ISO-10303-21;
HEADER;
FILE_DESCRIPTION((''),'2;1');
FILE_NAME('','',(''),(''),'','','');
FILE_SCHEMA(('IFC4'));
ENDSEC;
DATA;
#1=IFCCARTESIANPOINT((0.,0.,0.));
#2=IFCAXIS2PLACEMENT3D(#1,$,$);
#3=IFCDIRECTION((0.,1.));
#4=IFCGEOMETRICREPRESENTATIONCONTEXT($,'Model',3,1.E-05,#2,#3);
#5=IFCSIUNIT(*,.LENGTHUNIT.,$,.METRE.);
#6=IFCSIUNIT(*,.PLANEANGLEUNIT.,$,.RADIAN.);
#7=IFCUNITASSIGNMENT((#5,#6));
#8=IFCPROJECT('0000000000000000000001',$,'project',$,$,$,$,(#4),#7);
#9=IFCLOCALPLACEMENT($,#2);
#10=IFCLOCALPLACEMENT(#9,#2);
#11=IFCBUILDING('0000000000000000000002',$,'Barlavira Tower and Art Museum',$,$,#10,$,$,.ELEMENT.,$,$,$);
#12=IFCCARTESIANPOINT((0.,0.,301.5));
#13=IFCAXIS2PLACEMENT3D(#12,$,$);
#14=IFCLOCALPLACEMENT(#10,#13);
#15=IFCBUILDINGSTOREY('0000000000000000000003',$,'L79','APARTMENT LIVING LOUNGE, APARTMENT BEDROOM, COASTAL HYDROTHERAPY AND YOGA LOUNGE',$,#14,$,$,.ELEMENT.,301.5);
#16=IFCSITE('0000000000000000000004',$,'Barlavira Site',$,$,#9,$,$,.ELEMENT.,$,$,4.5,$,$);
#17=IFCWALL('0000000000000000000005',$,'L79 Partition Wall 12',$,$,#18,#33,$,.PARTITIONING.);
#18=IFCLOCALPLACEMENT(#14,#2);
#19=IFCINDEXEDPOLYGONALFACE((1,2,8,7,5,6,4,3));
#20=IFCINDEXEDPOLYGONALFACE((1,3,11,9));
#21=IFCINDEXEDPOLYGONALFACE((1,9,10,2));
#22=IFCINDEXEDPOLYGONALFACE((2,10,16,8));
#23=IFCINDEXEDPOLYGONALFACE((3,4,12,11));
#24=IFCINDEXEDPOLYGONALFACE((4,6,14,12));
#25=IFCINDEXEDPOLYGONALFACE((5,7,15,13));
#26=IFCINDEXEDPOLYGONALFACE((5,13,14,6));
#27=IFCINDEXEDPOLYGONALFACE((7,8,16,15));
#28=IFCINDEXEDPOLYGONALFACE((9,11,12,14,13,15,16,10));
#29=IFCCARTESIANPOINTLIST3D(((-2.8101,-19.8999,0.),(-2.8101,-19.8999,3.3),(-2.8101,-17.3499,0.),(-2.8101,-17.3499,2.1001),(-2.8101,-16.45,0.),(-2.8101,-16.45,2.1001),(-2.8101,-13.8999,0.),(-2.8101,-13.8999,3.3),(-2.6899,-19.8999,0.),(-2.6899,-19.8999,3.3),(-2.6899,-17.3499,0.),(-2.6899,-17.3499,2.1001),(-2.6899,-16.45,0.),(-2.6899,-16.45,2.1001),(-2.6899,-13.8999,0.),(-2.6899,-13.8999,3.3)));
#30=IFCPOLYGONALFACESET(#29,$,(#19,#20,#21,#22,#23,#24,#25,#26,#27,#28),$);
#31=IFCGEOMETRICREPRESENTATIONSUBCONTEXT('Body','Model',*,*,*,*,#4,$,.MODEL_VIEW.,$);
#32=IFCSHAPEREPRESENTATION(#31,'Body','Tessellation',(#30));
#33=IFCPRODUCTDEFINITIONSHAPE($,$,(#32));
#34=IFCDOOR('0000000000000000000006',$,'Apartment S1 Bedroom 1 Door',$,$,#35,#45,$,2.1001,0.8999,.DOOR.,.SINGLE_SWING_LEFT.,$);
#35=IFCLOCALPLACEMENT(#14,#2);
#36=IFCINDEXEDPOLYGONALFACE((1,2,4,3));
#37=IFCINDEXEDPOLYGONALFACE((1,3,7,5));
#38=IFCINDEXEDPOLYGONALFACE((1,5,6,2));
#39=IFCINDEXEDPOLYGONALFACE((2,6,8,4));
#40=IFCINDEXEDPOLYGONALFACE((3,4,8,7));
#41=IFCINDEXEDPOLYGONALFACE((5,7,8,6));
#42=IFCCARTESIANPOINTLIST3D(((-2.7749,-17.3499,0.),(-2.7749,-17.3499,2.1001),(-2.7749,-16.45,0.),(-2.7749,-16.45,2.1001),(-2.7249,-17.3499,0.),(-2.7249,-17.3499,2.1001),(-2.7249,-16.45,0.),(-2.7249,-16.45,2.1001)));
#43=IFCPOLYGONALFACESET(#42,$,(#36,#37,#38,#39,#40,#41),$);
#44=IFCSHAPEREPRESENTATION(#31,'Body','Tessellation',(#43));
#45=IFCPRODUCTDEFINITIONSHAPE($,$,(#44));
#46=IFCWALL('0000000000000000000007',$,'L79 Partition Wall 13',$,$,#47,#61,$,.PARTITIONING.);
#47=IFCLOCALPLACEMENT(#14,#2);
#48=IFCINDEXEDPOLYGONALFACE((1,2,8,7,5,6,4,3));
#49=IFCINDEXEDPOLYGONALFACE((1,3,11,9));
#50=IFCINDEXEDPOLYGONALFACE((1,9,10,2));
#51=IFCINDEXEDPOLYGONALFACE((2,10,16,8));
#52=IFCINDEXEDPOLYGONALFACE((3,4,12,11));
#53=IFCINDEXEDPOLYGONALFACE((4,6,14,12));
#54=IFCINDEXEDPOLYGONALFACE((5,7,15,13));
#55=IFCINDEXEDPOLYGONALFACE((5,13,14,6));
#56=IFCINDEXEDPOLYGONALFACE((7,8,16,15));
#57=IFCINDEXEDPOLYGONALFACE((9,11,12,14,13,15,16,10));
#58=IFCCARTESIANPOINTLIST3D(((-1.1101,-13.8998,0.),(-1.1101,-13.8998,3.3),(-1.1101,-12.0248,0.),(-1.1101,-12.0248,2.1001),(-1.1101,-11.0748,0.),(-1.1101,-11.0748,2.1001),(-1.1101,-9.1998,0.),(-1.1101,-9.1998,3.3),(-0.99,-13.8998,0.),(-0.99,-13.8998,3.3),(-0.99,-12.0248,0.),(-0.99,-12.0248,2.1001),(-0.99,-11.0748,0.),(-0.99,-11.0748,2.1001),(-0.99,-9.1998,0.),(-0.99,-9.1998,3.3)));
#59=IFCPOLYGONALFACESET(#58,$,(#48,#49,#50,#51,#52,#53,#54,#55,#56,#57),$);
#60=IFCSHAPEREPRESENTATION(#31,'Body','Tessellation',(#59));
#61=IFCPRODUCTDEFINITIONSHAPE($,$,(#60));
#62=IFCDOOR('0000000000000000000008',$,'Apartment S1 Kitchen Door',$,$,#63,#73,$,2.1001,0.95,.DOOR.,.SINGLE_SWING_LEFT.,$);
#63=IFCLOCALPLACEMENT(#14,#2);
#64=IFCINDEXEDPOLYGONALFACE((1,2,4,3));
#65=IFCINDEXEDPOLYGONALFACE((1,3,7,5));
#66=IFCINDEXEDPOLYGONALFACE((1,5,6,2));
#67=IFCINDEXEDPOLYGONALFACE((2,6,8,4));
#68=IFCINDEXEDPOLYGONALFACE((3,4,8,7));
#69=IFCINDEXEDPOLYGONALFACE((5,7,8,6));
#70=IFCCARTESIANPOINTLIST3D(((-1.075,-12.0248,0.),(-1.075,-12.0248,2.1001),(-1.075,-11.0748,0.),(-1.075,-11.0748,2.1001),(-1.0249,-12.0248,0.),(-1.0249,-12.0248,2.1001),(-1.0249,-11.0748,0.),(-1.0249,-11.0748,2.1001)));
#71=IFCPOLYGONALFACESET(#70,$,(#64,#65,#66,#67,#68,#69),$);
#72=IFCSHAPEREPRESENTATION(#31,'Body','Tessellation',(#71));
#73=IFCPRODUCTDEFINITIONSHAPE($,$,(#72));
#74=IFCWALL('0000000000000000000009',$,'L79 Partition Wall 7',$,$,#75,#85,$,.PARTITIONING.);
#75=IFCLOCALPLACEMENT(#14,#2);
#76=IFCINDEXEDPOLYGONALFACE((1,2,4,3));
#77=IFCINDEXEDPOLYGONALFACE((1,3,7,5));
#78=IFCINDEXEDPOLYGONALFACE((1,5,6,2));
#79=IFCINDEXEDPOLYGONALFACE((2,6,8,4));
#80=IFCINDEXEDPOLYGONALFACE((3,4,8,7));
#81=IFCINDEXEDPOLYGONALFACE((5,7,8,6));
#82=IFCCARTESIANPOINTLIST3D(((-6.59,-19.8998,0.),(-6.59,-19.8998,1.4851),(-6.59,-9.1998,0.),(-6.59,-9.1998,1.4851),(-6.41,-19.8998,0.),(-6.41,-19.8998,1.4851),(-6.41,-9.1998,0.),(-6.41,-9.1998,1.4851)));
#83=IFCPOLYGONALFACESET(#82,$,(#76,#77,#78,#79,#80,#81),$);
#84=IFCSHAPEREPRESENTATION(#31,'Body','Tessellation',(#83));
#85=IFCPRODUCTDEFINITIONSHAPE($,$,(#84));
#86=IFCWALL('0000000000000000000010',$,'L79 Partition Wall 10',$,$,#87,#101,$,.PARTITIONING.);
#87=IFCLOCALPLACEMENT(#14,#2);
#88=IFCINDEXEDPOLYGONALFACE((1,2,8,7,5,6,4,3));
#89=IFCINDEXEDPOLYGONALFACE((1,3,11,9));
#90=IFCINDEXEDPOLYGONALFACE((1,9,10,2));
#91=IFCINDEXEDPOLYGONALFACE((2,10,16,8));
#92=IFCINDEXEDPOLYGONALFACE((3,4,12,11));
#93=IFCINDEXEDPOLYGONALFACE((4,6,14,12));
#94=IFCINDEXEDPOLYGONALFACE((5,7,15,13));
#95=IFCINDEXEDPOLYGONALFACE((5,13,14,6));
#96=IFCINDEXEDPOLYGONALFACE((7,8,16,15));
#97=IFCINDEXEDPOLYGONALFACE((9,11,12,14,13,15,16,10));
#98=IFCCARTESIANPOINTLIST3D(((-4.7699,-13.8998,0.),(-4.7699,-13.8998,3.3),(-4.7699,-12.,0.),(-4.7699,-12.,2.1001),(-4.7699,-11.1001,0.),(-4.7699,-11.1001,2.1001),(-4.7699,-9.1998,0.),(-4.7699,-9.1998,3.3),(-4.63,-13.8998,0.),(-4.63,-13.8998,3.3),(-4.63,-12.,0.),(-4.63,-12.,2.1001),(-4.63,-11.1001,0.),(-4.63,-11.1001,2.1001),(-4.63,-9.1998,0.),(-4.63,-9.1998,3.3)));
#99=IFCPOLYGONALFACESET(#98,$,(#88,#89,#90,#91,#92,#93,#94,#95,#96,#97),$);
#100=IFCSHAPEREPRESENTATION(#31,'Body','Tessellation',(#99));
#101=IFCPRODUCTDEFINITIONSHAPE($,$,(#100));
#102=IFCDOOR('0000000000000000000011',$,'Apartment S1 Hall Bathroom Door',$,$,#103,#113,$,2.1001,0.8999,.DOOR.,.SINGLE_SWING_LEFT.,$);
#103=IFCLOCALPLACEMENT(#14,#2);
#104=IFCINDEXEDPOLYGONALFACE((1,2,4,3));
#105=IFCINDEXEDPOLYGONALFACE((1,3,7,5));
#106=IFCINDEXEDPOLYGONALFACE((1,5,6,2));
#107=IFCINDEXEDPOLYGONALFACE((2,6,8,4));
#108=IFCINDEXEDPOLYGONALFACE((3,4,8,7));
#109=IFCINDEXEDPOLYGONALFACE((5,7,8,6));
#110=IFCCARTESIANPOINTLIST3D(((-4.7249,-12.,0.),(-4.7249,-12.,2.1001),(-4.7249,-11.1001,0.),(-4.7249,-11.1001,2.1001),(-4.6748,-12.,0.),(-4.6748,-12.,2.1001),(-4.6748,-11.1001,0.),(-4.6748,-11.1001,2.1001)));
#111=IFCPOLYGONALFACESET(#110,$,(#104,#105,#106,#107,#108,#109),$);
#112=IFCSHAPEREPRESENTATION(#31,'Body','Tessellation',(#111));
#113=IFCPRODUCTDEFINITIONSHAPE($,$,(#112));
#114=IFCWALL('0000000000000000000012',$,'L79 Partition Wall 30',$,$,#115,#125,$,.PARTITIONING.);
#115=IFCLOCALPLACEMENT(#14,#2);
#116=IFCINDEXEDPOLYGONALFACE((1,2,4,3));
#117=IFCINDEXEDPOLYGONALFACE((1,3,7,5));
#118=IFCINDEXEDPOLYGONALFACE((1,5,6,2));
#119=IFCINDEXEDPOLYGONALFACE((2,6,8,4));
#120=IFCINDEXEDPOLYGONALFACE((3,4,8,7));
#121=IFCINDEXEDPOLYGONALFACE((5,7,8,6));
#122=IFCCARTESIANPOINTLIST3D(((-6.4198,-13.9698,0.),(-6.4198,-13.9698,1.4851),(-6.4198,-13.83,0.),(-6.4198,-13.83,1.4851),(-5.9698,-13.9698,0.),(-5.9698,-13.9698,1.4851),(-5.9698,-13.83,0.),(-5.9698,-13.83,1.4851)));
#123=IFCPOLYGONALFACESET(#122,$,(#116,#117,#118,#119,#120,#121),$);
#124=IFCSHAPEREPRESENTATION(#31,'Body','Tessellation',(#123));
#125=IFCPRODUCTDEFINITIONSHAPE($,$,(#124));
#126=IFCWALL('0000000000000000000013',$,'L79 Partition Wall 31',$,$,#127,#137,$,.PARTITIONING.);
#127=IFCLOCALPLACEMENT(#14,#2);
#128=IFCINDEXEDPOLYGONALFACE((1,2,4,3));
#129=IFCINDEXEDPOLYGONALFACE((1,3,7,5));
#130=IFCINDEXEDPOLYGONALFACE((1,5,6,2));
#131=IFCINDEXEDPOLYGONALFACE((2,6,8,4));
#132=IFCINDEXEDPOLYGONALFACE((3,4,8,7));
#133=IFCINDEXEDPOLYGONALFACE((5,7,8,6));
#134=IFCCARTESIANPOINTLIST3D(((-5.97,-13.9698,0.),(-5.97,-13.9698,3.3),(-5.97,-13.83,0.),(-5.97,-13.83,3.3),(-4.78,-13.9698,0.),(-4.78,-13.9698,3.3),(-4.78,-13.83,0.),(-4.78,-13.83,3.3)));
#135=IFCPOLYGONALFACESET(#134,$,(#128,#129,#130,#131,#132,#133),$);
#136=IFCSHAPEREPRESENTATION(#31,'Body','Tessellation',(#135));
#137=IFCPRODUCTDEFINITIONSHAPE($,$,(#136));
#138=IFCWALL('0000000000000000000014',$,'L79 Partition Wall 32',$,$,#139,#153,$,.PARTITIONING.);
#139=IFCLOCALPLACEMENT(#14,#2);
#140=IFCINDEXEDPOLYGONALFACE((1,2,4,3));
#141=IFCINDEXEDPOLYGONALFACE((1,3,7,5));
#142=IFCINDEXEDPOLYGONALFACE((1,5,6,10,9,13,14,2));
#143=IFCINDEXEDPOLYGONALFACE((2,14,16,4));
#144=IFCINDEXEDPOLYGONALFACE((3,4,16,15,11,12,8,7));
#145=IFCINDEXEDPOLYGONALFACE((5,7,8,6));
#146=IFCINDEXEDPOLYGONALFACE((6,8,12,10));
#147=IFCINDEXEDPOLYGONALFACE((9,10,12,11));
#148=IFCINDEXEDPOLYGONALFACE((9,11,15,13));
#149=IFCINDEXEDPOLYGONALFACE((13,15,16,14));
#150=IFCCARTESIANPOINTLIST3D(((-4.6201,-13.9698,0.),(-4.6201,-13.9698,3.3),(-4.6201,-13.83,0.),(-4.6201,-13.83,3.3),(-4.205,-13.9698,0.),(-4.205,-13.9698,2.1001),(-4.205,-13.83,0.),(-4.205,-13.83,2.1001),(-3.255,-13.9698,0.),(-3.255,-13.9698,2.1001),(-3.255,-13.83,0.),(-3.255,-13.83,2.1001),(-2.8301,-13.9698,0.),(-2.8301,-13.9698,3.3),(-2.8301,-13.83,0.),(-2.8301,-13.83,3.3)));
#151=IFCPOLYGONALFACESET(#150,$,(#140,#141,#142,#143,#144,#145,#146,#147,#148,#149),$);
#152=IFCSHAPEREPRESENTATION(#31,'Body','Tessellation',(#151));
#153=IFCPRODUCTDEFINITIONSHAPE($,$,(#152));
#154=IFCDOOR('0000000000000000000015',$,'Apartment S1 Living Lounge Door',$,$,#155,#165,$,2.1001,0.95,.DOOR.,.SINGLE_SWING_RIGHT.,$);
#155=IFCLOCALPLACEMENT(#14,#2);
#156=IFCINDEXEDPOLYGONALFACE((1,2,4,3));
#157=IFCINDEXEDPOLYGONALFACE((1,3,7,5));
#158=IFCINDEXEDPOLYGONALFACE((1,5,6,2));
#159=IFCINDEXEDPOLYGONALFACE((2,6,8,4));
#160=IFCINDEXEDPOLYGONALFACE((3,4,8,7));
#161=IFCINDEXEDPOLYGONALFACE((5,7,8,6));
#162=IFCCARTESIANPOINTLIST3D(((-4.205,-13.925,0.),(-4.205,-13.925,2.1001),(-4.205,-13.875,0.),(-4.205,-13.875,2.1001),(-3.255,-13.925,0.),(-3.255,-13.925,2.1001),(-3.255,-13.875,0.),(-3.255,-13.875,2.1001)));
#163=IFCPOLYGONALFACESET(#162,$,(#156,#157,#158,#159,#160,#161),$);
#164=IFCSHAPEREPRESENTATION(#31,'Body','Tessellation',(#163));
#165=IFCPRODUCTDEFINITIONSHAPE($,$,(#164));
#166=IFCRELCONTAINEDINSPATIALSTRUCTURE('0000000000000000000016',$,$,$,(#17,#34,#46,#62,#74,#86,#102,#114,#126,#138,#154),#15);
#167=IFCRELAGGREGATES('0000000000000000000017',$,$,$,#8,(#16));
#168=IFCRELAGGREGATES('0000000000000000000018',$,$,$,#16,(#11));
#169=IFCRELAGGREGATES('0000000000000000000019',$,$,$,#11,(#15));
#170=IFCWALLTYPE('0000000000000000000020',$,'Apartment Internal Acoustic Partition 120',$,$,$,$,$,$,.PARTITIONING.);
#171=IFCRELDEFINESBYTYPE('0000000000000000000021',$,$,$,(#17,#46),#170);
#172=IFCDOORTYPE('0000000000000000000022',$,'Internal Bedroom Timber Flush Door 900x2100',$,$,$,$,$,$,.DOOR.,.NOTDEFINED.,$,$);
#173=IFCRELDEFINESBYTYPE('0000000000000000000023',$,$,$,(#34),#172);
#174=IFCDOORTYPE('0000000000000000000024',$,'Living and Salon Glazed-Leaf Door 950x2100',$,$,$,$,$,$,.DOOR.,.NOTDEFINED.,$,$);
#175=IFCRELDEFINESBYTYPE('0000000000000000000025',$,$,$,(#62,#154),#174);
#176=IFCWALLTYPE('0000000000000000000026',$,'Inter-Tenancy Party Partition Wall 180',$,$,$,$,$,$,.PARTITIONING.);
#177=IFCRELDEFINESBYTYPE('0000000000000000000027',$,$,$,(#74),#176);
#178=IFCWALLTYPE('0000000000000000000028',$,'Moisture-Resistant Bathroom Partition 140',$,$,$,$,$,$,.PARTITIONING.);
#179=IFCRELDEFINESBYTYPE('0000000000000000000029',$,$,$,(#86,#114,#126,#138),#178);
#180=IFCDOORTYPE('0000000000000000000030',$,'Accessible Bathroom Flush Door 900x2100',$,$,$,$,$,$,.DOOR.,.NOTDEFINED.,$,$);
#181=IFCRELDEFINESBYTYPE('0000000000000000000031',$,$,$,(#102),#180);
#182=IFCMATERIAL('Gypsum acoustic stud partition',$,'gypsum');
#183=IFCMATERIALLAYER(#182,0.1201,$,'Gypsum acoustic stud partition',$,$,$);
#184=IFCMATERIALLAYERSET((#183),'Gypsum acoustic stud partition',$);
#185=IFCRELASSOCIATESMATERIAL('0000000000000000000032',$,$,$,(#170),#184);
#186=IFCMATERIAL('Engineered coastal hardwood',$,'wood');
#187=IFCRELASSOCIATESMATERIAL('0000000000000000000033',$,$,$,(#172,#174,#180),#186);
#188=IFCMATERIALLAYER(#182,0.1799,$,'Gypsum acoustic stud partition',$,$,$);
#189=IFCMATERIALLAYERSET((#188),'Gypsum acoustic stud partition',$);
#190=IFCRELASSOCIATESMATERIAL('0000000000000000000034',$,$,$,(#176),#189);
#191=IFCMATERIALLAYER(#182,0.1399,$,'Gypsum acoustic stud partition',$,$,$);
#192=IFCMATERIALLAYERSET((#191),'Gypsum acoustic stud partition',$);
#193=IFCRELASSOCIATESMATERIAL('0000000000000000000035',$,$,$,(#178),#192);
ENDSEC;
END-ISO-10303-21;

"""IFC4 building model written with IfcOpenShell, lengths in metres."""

from ifc_helpers import new_model, si_unit, direction, frame, frame_2d, origin, place, context, subcontext, project, spatial, rectangle, extrude, material, layer, layer_set, type_object, element, fill, save


model = new_model("IFC4")

# Units and contexts
model_context = context("Model", 3, precision=1e-05, world=origin(), true_north=direction((0.0, 1.0)))
body_context = subcontext(model_context, "Body", "Model", "MODEL_VIEW")
ifc_project = project(units=[si_unit("LENGTHUNIT", "METRE"), si_unit("PLANEANGLEUNIT", "RADIAN")], contexts=[model_context])

# Site, building, storey
site_placement = place(None, origin())
site = spatial("IfcSite", under=ifc_project, at=site_placement, Name="Barlavira Site", CompositionType="ELEMENT", RefElevation=4.5)
building_placement = place(site_placement, origin())
building = spatial("IfcBuilding", under=site, at=building_placement, Name="Barlavira Tower and Art Museum", CompositionType="ELEMENT")
storey_placement = place(building_placement, frame((0.0, 0.0, 301.5)))
storey = spatial("IfcBuildingStorey", under=building, at=storey_placement, Name="L79", Description="APARTMENT LIVING LOUNGE, APARTMENT BEDROOM, COASTAL HYDROTHERAPY AND YOGA LOUNGE", CompositionType="ELEMENT", Elevation=301.5)

# Walls, openings, doors
ifc_material_1 = material(Name="Gypsum acoustic stud partition", Category="gypsum")
ifc_layer_1 = layer(ifc_material_1, 0.1201, Name="Gypsum acoustic stud partition")
ifc_layer_set_1 = layer_set([ifc_layer_1], Name="Gypsum acoustic stud partition")
wall_type_1 = type_object("IfcWallType", Name="Apartment Internal Acoustic Partition 120", PredefinedType="PARTITIONING", material=ifc_layer_set_1)
wall_1_placement = place(storey_placement, frame((-2.75, -19.8999, 0.0), z_axis=(0.0, 0.0, 1.0), x_axis=(0.0, 1.0, 0.0)))
wall_1 = element("IfcWall", 1, at=wall_1_placement, inside=storey, type_object=wall_type_1, Name="L79 Partition Wall 12", PredefinedType="PARTITIONING", context=body_context, shape_type="SweptSolid", body=[
    extrude(rectangle(XDim=6.0, YDim=0.1201, at=frame_2d((3.0, 0.0))), origin(), (0.0, 0.0, 1.0), 3.3),
])
opening_1_placement = place(wall_1_placement, frame((2.55, 0.0, 0.0)))
opening_1 = element("IfcOpeningElement", 2, at=opening_1_placement, cuts=wall_1, PredefinedType="OPENING", context=body_context, shape_type="SweptSolid", body=[
    extrude(rectangle(XDim=0.8999, YDim=2.1001, at=frame_2d((0.45, 1.05))), frame((0.0, 0.0701, 0.0), z_axis=(0.0, -1.0, 0.0), x_axis=(1.0, 0.0, 0.0)), (0.0, 0.0, 1.0), 0.1401),
])
ifc_material_2 = material(Name="Engineered coastal hardwood", Category="wood")
door_type_1 = type_object("IfcDoorType", Name="Internal Bedroom Timber Flush Door 900x2100", OperationType="NOTDEFINED", PredefinedType="DOOR", material=ifc_material_2)
door_1_placement = place(opening_1_placement, origin())
door_1 = element("IfcDoor", 3, at=door_1_placement, inside=storey, type_object=door_type_1, Name="Apartment S1 Bedroom 1 Door", OperationType="SINGLE_SWING_LEFT", OverallHeight=2.1001, OverallWidth=0.8999, PredefinedType="DOOR", context=body_context, shape_type="SweptSolid", body=[
    extrude(rectangle(XDim=0.8999, YDim=2.1001, at=frame_2d((0.45, 1.05))), frame((0.0, 0.0249, 0.0), z_axis=(0.0, -1.0, 0.0), x_axis=(1.0, 0.0, 0.0)), (0.0, 0.0, 1.0), 0.05),
])
fill(opening_1, door_1)
wall_2_placement = place(storey_placement, frame((-1.05, -13.8999, 0.0), z_axis=(0.0, 0.0, 1.0), x_axis=(0.0, 1.0, 0.0)))
wall_2 = element("IfcWall", 4, at=wall_2_placement, inside=storey, type_object=wall_type_1, Name="L79 Partition Wall 13", PredefinedType="PARTITIONING", context=body_context, shape_type="SweptSolid", body=[
    extrude(rectangle(XDim=4.7, YDim=0.1201, at=frame_2d((2.3501, 0.0))), origin(), (0.0, 0.0, 1.0), 3.3),
])
opening_2_placement = place(wall_2_placement, frame((1.875, 0.0, 0.0)))
opening_2 = element("IfcOpeningElement", 5, at=opening_2_placement, cuts=wall_2, PredefinedType="OPENING", context=body_context, shape_type="SweptSolid", body=[
    extrude(rectangle(XDim=0.95, YDim=2.1001, at=frame_2d((0.4751, 1.05))), frame((0.0, 0.0701, 0.0), z_axis=(0.0, -1.0, 0.0), x_axis=(1.0, 0.0, 0.0)), (0.0, 0.0, 1.0), 0.1401),
])
door_type_2 = type_object("IfcDoorType", Name="Living and Salon Glazed-Leaf Door 950x2100", OperationType="NOTDEFINED", PredefinedType="DOOR", material=ifc_material_2)
door_2_placement = place(opening_2_placement, origin())
door_2 = element("IfcDoor", 6, at=door_2_placement, inside=storey, type_object=door_type_2, Name="Apartment S1 Kitchen Door", OperationType="SINGLE_SWING_LEFT", OverallHeight=2.1001, OverallWidth=0.95, PredefinedType="DOOR", context=body_context, shape_type="SweptSolid", body=[
    extrude(rectangle(XDim=0.95, YDim=2.1001, at=frame_2d((0.4751, 1.05))), frame((0.0, 0.0249, 0.0), z_axis=(0.0, -1.0, 0.0), x_axis=(1.0, 0.0, 0.0)), (0.0, 0.0, 1.0), 0.05),
])
fill(opening_2, door_2)

# Wall
ifc_layer_2 = layer(ifc_material_1, 0.1799, Name="Gypsum acoustic stud partition")
ifc_layer_set_2 = layer_set([ifc_layer_2], Name="Gypsum acoustic stud partition")
wall_type_2 = type_object("IfcWallType", Name="Inter-Tenancy Party Partition Wall 180", PredefinedType="PARTITIONING", material=ifc_layer_set_2)
wall_3_placement = place(storey_placement, frame((-6.5, -19.8999, 0.0), z_axis=(0.0, 0.0, 1.0), x_axis=(0.0, 1.0, 0.0)))
element("IfcWall", 7, at=wall_3_placement, inside=storey, type_object=wall_type_2, Name="L79 Partition Wall 7", PredefinedType="PARTITIONING", context=body_context, shape_type="SweptSolid", body=[
    extrude(rectangle(XDim=10.7, YDim=0.1799, at=frame_2d((5.3501, 0.0))), origin(), (0.0, 0.0, 1.0), 1.4851),
])

# Wall, opening, door
ifc_layer_3 = layer(ifc_material_1, 0.1399, Name="Gypsum acoustic stud partition")
ifc_layer_set_3 = layer_set([ifc_layer_3], Name="Gypsum acoustic stud partition")
wall_type_3 = type_object("IfcWallType", Name="Moisture-Resistant Bathroom Partition 140", PredefinedType="PARTITIONING", material=ifc_layer_set_3)
wall_4_placement = place(storey_placement, frame((-4.7, -13.8999, 0.0), z_axis=(0.0, 0.0, 1.0), x_axis=(0.0, 1.0, 0.0)))
wall_4 = element("IfcWall", 8, at=wall_4_placement, inside=storey, type_object=wall_type_3, Name="L79 Partition Wall 10", PredefinedType="PARTITIONING", context=body_context, shape_type="SweptSolid", body=[
    extrude(rectangle(XDim=4.7, YDim=0.1399, at=frame_2d((2.3501, 0.0))), origin(), (0.0, 0.0, 1.0), 3.3),
])
opening_3_placement = place(wall_4_placement, frame((1.8999, 0.0, 0.0)))
opening_3 = element("IfcOpeningElement", 9, at=opening_3_placement, cuts=wall_4, PredefinedType="OPENING", context=body_context, shape_type="SweptSolid", body=[
    extrude(rectangle(XDim=0.8999, YDim=2.1001, at=frame_2d((0.45, 1.05))), frame((0.0, 0.0801, 0.0), z_axis=(0.0, -1.0, 0.0), x_axis=(1.0, 0.0, 0.0)), (0.0, 0.0, 1.0), 0.1599),
])
door_type_3 = type_object("IfcDoorType", Name="Accessible Bathroom Flush Door 900x2100", OperationType="NOTDEFINED", PredefinedType="DOOR", material=ifc_material_2)
door_3_placement = place(opening_3_placement, origin())
door_3 = element("IfcDoor", 10, at=door_3_placement, inside=storey, type_object=door_type_3, Name="Apartment S1 Hall Bathroom Door", OperationType="SINGLE_SWING_LEFT", OverallHeight=2.1001, OverallWidth=0.8999, PredefinedType="DOOR", context=body_context, shape_type="SweptSolid", body=[
    extrude(rectangle(XDim=0.8999, YDim=2.1001, at=frame_2d((0.45, 1.05))), frame((0.0, 0.0249, 0.0), z_axis=(0.0, -1.0, 0.0), x_axis=(1.0, 0.0, 0.0)), (0.0, 0.0, 1.0), 0.05),
])
fill(opening_3, door_3)

# Walls
wall_5_placement = place(storey_placement, frame((-6.4199, -13.8999, 0.0), z_axis=(0.0, 0.0, 1.0), x_axis=(1.0, 0.0, 0.0)))
element("IfcWall", 11, at=wall_5_placement, inside=storey, type_object=wall_type_3, Name="L79 Partition Wall 30", PredefinedType="PARTITIONING", context=body_context, shape_type="SweptSolid", body=[
    extrude(rectangle(XDim=0.45, YDim=0.1399, at=frame_2d((0.2251, 0.0))), origin(), (0.0, 0.0, 1.0), 1.4851),
])
wall_6_placement = place(storey_placement, frame((-5.97, -13.8999, 0.0), z_axis=(0.0, 0.0, 1.0), x_axis=(1.0, 0.0, 0.0)))
element("IfcWall", 12, at=wall_6_placement, inside=storey, type_object=wall_type_3, Name="L79 Partition Wall 31", PredefinedType="PARTITIONING", context=body_context, shape_type="SweptSolid", body=[
    extrude(rectangle(XDim=1.1899, YDim=0.1399, at=frame_2d((0.595, 0.0))), origin(), (0.0, 0.0, 1.0), 3.3),
])

# Wall, opening, door
wall_7_placement = place(storey_placement, frame((-4.6201, -13.8999, 0.0), z_axis=(0.0, 0.0, 1.0), x_axis=(1.0, 0.0, 0.0)))
wall_7 = element("IfcWall", 13, at=wall_7_placement, inside=storey, type_object=wall_type_3, Name="L79 Partition Wall 32", PredefinedType="PARTITIONING", context=body_context, shape_type="SweptSolid", body=[
    extrude(rectangle(XDim=1.79, YDim=0.1399, at=frame_2d((0.895, 0.0))), origin(), (0.0, 0.0, 1.0), 3.3),
])
opening_4_placement = place(wall_7_placement, frame((0.415, 0.0, 0.0)))
opening_4 = element("IfcOpeningElement", 14, at=opening_4_placement, cuts=wall_7, PredefinedType="OPENING", context=body_context, shape_type="SweptSolid", body=[
    extrude(rectangle(XDim=0.95, YDim=2.1001, at=frame_2d((0.4751, 1.05))), frame((0.0, 0.0801, 0.0), z_axis=(0.0, -1.0, 0.0), x_axis=(1.0, 0.0, 0.0)), (0.0, 0.0, 1.0), 0.1599),
])
door_4_placement = place(opening_4_placement, origin())
door_4 = element("IfcDoor", 15, at=door_4_placement, inside=storey, type_object=door_type_2, Name="Apartment S1 Living Lounge Door", OperationType="SINGLE_SWING_RIGHT", OverallHeight=2.1001, OverallWidth=0.95, PredefinedType="DOOR", context=body_context, shape_type="SweptSolid", body=[
    extrude(rectangle(XDim=0.95, YDim=2.1001, at=frame_2d((0.4751, 1.05))), frame((0.0, 0.0249, 0.0), z_axis=(0.0, -1.0, 0.0), x_axis=(1.0, 0.0, 0.0)), (0.0, 0.0, 1.0), 0.05),
])
fill(opening_4, door_4)

save(model, "model.ifc")
